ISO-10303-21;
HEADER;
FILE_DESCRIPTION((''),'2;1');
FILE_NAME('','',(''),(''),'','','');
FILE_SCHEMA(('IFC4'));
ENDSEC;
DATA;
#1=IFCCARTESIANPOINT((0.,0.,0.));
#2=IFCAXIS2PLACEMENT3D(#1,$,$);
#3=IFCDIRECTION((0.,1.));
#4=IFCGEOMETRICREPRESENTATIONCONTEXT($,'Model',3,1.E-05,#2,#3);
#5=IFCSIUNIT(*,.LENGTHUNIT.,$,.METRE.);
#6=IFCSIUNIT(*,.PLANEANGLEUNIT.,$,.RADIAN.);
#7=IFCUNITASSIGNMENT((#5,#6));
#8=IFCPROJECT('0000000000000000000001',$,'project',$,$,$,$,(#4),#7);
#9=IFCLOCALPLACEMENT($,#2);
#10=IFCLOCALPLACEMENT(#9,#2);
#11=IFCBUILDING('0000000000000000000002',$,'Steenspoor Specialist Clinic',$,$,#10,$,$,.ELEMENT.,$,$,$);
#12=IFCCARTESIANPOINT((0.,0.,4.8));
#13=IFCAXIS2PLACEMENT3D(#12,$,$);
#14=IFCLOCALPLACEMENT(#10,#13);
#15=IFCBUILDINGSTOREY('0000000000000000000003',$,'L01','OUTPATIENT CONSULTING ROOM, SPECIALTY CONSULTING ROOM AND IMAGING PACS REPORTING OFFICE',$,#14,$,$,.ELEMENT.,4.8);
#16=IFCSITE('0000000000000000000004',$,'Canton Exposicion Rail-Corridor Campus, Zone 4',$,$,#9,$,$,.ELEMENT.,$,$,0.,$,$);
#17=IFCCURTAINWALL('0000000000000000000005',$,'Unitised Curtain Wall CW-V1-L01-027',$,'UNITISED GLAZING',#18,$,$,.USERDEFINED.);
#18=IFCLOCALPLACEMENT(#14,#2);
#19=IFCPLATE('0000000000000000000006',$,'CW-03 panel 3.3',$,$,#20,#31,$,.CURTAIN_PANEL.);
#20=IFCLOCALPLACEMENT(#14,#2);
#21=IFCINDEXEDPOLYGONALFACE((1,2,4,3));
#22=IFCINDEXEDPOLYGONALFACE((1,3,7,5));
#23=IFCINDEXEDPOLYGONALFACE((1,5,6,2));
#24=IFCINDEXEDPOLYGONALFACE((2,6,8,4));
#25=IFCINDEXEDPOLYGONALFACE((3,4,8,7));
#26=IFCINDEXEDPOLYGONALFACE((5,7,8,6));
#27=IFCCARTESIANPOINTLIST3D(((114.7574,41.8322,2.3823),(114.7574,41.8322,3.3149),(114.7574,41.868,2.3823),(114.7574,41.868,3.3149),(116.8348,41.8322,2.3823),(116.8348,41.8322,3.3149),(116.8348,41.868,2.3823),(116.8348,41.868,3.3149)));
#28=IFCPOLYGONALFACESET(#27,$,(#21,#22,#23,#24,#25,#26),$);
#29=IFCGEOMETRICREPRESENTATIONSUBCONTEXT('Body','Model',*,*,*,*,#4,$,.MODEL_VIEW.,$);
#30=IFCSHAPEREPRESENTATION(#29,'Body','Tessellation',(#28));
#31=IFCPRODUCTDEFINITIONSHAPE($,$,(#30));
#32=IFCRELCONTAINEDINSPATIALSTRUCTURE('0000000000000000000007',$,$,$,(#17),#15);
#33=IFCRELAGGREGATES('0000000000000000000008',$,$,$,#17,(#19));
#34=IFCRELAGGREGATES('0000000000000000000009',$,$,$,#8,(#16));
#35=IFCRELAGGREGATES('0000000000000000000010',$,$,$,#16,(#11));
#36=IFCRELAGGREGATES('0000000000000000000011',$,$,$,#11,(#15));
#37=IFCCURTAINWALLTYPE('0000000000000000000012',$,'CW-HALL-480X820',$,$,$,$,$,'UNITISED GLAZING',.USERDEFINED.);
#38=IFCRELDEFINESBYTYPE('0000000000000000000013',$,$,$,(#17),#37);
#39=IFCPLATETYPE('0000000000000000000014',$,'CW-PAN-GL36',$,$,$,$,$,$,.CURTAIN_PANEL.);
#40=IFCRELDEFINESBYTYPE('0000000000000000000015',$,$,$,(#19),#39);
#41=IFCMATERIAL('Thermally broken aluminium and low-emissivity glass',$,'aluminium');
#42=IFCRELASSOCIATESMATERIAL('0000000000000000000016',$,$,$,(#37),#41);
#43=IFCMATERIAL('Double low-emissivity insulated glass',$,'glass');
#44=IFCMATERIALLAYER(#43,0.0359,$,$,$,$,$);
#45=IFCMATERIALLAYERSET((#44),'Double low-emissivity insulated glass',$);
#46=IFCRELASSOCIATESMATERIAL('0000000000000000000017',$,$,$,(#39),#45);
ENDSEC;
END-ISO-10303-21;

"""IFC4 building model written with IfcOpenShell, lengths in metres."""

from ifc_helpers import new_model, si_unit, direction, frame, origin, origin_2d, place, context, subcontext, project, spatial, rectangle, extrude, material, layer, layer_set, type_object, element, aggregate, save


model = new_model("IFC4")

# Units and contexts
model_context = context("Model", 3, precision=1e-05, world=origin(), true_north=direction((0.0, 1.0)))
body_context = subcontext(model_context, "Body", "Model", "MODEL_VIEW")
ifc_project = project(units=[si_unit("LENGTHUNIT", "METRE"), si_unit("PLANEANGLEUNIT", "RADIAN")], contexts=[model_context])

# Site, building, storey
site_placement = place(None, origin())
site = spatial("IfcSite", under=ifc_project, at=site_placement, Name="Canton Exposicion Rail-Corridor Campus, Zone 4", CompositionType="ELEMENT", RefElevation=0.0)
building_placement = place(site_placement, origin())
building = spatial("IfcBuilding", under=site, at=building_placement, Name="Steenspoor Specialist Clinic", CompositionType="ELEMENT")
storey_placement = place(building_placement, frame((0.0, 0.0, 4.8)))
storey = spatial("IfcBuildingStorey", under=building, at=storey_placement, Name="L01", Description="OUTPATIENT CONSULTING ROOM, SPECIALTY CONSULTING ROOM AND IMAGING PACS REPORTING OFFICE", CompositionType="ELEMENT", Elevation=4.8)

# Curtain wall
ifc_material_1 = material(Name="Thermally broken aluminium and low-emissivity glass", Category="aluminium")
curtain_wall_type = type_object("IfcCurtainWallType", Name="CW-HALL-480X820", ElementType="UNITISED GLAZING", PredefinedType="USERDEFINED", material=ifc_material_1)
curtain_wall_placement = place(storey_placement, origin())
curtain_wall = element("IfcCurtainWall", 1, at=curtain_wall_placement, inside=storey, type_object=curtain_wall_type, Name="Unitised Curtain Wall CW-V1-L01-027", ObjectType="UNITISED GLAZING", PredefinedType="USERDEFINED")

# Plate
ifc_material_2 = material(Name="Double low-emissivity insulated glass", Category="glass")
ifc_layer = layer(ifc_material_2, 0.0359)
ifc_layer_set = layer_set([ifc_layer], Name="Double low-emissivity insulated glass")
plate_type = type_object("IfcPlateType", Name="CW-PAN-GL36", PredefinedType="CURTAIN_PANEL", material=ifc_layer_set)
plate_1_placement = place(storey_placement, frame((115.7961, 41.8501, 2.3823), z_axis=(0.0, 0.0, 1.0), x_axis=(1.0, 0.0, 0.0)))
plate_1 = element("IfcPlate", 2, at=plate_1_placement, type_object=plate_type, Name="CW-03 panel 3.3", PredefinedType="CURTAIN_PANEL", context=body_context, shape_type="SweptSolid", body=[
    extrude(rectangle(XDim=2.0774, YDim=0.0359, at=origin_2d()), origin(), (0.0, 0.0, 1.0), 0.9326),
])
aggregate(curtain_wall, [plate_1])

save(model, "model.ifc")
